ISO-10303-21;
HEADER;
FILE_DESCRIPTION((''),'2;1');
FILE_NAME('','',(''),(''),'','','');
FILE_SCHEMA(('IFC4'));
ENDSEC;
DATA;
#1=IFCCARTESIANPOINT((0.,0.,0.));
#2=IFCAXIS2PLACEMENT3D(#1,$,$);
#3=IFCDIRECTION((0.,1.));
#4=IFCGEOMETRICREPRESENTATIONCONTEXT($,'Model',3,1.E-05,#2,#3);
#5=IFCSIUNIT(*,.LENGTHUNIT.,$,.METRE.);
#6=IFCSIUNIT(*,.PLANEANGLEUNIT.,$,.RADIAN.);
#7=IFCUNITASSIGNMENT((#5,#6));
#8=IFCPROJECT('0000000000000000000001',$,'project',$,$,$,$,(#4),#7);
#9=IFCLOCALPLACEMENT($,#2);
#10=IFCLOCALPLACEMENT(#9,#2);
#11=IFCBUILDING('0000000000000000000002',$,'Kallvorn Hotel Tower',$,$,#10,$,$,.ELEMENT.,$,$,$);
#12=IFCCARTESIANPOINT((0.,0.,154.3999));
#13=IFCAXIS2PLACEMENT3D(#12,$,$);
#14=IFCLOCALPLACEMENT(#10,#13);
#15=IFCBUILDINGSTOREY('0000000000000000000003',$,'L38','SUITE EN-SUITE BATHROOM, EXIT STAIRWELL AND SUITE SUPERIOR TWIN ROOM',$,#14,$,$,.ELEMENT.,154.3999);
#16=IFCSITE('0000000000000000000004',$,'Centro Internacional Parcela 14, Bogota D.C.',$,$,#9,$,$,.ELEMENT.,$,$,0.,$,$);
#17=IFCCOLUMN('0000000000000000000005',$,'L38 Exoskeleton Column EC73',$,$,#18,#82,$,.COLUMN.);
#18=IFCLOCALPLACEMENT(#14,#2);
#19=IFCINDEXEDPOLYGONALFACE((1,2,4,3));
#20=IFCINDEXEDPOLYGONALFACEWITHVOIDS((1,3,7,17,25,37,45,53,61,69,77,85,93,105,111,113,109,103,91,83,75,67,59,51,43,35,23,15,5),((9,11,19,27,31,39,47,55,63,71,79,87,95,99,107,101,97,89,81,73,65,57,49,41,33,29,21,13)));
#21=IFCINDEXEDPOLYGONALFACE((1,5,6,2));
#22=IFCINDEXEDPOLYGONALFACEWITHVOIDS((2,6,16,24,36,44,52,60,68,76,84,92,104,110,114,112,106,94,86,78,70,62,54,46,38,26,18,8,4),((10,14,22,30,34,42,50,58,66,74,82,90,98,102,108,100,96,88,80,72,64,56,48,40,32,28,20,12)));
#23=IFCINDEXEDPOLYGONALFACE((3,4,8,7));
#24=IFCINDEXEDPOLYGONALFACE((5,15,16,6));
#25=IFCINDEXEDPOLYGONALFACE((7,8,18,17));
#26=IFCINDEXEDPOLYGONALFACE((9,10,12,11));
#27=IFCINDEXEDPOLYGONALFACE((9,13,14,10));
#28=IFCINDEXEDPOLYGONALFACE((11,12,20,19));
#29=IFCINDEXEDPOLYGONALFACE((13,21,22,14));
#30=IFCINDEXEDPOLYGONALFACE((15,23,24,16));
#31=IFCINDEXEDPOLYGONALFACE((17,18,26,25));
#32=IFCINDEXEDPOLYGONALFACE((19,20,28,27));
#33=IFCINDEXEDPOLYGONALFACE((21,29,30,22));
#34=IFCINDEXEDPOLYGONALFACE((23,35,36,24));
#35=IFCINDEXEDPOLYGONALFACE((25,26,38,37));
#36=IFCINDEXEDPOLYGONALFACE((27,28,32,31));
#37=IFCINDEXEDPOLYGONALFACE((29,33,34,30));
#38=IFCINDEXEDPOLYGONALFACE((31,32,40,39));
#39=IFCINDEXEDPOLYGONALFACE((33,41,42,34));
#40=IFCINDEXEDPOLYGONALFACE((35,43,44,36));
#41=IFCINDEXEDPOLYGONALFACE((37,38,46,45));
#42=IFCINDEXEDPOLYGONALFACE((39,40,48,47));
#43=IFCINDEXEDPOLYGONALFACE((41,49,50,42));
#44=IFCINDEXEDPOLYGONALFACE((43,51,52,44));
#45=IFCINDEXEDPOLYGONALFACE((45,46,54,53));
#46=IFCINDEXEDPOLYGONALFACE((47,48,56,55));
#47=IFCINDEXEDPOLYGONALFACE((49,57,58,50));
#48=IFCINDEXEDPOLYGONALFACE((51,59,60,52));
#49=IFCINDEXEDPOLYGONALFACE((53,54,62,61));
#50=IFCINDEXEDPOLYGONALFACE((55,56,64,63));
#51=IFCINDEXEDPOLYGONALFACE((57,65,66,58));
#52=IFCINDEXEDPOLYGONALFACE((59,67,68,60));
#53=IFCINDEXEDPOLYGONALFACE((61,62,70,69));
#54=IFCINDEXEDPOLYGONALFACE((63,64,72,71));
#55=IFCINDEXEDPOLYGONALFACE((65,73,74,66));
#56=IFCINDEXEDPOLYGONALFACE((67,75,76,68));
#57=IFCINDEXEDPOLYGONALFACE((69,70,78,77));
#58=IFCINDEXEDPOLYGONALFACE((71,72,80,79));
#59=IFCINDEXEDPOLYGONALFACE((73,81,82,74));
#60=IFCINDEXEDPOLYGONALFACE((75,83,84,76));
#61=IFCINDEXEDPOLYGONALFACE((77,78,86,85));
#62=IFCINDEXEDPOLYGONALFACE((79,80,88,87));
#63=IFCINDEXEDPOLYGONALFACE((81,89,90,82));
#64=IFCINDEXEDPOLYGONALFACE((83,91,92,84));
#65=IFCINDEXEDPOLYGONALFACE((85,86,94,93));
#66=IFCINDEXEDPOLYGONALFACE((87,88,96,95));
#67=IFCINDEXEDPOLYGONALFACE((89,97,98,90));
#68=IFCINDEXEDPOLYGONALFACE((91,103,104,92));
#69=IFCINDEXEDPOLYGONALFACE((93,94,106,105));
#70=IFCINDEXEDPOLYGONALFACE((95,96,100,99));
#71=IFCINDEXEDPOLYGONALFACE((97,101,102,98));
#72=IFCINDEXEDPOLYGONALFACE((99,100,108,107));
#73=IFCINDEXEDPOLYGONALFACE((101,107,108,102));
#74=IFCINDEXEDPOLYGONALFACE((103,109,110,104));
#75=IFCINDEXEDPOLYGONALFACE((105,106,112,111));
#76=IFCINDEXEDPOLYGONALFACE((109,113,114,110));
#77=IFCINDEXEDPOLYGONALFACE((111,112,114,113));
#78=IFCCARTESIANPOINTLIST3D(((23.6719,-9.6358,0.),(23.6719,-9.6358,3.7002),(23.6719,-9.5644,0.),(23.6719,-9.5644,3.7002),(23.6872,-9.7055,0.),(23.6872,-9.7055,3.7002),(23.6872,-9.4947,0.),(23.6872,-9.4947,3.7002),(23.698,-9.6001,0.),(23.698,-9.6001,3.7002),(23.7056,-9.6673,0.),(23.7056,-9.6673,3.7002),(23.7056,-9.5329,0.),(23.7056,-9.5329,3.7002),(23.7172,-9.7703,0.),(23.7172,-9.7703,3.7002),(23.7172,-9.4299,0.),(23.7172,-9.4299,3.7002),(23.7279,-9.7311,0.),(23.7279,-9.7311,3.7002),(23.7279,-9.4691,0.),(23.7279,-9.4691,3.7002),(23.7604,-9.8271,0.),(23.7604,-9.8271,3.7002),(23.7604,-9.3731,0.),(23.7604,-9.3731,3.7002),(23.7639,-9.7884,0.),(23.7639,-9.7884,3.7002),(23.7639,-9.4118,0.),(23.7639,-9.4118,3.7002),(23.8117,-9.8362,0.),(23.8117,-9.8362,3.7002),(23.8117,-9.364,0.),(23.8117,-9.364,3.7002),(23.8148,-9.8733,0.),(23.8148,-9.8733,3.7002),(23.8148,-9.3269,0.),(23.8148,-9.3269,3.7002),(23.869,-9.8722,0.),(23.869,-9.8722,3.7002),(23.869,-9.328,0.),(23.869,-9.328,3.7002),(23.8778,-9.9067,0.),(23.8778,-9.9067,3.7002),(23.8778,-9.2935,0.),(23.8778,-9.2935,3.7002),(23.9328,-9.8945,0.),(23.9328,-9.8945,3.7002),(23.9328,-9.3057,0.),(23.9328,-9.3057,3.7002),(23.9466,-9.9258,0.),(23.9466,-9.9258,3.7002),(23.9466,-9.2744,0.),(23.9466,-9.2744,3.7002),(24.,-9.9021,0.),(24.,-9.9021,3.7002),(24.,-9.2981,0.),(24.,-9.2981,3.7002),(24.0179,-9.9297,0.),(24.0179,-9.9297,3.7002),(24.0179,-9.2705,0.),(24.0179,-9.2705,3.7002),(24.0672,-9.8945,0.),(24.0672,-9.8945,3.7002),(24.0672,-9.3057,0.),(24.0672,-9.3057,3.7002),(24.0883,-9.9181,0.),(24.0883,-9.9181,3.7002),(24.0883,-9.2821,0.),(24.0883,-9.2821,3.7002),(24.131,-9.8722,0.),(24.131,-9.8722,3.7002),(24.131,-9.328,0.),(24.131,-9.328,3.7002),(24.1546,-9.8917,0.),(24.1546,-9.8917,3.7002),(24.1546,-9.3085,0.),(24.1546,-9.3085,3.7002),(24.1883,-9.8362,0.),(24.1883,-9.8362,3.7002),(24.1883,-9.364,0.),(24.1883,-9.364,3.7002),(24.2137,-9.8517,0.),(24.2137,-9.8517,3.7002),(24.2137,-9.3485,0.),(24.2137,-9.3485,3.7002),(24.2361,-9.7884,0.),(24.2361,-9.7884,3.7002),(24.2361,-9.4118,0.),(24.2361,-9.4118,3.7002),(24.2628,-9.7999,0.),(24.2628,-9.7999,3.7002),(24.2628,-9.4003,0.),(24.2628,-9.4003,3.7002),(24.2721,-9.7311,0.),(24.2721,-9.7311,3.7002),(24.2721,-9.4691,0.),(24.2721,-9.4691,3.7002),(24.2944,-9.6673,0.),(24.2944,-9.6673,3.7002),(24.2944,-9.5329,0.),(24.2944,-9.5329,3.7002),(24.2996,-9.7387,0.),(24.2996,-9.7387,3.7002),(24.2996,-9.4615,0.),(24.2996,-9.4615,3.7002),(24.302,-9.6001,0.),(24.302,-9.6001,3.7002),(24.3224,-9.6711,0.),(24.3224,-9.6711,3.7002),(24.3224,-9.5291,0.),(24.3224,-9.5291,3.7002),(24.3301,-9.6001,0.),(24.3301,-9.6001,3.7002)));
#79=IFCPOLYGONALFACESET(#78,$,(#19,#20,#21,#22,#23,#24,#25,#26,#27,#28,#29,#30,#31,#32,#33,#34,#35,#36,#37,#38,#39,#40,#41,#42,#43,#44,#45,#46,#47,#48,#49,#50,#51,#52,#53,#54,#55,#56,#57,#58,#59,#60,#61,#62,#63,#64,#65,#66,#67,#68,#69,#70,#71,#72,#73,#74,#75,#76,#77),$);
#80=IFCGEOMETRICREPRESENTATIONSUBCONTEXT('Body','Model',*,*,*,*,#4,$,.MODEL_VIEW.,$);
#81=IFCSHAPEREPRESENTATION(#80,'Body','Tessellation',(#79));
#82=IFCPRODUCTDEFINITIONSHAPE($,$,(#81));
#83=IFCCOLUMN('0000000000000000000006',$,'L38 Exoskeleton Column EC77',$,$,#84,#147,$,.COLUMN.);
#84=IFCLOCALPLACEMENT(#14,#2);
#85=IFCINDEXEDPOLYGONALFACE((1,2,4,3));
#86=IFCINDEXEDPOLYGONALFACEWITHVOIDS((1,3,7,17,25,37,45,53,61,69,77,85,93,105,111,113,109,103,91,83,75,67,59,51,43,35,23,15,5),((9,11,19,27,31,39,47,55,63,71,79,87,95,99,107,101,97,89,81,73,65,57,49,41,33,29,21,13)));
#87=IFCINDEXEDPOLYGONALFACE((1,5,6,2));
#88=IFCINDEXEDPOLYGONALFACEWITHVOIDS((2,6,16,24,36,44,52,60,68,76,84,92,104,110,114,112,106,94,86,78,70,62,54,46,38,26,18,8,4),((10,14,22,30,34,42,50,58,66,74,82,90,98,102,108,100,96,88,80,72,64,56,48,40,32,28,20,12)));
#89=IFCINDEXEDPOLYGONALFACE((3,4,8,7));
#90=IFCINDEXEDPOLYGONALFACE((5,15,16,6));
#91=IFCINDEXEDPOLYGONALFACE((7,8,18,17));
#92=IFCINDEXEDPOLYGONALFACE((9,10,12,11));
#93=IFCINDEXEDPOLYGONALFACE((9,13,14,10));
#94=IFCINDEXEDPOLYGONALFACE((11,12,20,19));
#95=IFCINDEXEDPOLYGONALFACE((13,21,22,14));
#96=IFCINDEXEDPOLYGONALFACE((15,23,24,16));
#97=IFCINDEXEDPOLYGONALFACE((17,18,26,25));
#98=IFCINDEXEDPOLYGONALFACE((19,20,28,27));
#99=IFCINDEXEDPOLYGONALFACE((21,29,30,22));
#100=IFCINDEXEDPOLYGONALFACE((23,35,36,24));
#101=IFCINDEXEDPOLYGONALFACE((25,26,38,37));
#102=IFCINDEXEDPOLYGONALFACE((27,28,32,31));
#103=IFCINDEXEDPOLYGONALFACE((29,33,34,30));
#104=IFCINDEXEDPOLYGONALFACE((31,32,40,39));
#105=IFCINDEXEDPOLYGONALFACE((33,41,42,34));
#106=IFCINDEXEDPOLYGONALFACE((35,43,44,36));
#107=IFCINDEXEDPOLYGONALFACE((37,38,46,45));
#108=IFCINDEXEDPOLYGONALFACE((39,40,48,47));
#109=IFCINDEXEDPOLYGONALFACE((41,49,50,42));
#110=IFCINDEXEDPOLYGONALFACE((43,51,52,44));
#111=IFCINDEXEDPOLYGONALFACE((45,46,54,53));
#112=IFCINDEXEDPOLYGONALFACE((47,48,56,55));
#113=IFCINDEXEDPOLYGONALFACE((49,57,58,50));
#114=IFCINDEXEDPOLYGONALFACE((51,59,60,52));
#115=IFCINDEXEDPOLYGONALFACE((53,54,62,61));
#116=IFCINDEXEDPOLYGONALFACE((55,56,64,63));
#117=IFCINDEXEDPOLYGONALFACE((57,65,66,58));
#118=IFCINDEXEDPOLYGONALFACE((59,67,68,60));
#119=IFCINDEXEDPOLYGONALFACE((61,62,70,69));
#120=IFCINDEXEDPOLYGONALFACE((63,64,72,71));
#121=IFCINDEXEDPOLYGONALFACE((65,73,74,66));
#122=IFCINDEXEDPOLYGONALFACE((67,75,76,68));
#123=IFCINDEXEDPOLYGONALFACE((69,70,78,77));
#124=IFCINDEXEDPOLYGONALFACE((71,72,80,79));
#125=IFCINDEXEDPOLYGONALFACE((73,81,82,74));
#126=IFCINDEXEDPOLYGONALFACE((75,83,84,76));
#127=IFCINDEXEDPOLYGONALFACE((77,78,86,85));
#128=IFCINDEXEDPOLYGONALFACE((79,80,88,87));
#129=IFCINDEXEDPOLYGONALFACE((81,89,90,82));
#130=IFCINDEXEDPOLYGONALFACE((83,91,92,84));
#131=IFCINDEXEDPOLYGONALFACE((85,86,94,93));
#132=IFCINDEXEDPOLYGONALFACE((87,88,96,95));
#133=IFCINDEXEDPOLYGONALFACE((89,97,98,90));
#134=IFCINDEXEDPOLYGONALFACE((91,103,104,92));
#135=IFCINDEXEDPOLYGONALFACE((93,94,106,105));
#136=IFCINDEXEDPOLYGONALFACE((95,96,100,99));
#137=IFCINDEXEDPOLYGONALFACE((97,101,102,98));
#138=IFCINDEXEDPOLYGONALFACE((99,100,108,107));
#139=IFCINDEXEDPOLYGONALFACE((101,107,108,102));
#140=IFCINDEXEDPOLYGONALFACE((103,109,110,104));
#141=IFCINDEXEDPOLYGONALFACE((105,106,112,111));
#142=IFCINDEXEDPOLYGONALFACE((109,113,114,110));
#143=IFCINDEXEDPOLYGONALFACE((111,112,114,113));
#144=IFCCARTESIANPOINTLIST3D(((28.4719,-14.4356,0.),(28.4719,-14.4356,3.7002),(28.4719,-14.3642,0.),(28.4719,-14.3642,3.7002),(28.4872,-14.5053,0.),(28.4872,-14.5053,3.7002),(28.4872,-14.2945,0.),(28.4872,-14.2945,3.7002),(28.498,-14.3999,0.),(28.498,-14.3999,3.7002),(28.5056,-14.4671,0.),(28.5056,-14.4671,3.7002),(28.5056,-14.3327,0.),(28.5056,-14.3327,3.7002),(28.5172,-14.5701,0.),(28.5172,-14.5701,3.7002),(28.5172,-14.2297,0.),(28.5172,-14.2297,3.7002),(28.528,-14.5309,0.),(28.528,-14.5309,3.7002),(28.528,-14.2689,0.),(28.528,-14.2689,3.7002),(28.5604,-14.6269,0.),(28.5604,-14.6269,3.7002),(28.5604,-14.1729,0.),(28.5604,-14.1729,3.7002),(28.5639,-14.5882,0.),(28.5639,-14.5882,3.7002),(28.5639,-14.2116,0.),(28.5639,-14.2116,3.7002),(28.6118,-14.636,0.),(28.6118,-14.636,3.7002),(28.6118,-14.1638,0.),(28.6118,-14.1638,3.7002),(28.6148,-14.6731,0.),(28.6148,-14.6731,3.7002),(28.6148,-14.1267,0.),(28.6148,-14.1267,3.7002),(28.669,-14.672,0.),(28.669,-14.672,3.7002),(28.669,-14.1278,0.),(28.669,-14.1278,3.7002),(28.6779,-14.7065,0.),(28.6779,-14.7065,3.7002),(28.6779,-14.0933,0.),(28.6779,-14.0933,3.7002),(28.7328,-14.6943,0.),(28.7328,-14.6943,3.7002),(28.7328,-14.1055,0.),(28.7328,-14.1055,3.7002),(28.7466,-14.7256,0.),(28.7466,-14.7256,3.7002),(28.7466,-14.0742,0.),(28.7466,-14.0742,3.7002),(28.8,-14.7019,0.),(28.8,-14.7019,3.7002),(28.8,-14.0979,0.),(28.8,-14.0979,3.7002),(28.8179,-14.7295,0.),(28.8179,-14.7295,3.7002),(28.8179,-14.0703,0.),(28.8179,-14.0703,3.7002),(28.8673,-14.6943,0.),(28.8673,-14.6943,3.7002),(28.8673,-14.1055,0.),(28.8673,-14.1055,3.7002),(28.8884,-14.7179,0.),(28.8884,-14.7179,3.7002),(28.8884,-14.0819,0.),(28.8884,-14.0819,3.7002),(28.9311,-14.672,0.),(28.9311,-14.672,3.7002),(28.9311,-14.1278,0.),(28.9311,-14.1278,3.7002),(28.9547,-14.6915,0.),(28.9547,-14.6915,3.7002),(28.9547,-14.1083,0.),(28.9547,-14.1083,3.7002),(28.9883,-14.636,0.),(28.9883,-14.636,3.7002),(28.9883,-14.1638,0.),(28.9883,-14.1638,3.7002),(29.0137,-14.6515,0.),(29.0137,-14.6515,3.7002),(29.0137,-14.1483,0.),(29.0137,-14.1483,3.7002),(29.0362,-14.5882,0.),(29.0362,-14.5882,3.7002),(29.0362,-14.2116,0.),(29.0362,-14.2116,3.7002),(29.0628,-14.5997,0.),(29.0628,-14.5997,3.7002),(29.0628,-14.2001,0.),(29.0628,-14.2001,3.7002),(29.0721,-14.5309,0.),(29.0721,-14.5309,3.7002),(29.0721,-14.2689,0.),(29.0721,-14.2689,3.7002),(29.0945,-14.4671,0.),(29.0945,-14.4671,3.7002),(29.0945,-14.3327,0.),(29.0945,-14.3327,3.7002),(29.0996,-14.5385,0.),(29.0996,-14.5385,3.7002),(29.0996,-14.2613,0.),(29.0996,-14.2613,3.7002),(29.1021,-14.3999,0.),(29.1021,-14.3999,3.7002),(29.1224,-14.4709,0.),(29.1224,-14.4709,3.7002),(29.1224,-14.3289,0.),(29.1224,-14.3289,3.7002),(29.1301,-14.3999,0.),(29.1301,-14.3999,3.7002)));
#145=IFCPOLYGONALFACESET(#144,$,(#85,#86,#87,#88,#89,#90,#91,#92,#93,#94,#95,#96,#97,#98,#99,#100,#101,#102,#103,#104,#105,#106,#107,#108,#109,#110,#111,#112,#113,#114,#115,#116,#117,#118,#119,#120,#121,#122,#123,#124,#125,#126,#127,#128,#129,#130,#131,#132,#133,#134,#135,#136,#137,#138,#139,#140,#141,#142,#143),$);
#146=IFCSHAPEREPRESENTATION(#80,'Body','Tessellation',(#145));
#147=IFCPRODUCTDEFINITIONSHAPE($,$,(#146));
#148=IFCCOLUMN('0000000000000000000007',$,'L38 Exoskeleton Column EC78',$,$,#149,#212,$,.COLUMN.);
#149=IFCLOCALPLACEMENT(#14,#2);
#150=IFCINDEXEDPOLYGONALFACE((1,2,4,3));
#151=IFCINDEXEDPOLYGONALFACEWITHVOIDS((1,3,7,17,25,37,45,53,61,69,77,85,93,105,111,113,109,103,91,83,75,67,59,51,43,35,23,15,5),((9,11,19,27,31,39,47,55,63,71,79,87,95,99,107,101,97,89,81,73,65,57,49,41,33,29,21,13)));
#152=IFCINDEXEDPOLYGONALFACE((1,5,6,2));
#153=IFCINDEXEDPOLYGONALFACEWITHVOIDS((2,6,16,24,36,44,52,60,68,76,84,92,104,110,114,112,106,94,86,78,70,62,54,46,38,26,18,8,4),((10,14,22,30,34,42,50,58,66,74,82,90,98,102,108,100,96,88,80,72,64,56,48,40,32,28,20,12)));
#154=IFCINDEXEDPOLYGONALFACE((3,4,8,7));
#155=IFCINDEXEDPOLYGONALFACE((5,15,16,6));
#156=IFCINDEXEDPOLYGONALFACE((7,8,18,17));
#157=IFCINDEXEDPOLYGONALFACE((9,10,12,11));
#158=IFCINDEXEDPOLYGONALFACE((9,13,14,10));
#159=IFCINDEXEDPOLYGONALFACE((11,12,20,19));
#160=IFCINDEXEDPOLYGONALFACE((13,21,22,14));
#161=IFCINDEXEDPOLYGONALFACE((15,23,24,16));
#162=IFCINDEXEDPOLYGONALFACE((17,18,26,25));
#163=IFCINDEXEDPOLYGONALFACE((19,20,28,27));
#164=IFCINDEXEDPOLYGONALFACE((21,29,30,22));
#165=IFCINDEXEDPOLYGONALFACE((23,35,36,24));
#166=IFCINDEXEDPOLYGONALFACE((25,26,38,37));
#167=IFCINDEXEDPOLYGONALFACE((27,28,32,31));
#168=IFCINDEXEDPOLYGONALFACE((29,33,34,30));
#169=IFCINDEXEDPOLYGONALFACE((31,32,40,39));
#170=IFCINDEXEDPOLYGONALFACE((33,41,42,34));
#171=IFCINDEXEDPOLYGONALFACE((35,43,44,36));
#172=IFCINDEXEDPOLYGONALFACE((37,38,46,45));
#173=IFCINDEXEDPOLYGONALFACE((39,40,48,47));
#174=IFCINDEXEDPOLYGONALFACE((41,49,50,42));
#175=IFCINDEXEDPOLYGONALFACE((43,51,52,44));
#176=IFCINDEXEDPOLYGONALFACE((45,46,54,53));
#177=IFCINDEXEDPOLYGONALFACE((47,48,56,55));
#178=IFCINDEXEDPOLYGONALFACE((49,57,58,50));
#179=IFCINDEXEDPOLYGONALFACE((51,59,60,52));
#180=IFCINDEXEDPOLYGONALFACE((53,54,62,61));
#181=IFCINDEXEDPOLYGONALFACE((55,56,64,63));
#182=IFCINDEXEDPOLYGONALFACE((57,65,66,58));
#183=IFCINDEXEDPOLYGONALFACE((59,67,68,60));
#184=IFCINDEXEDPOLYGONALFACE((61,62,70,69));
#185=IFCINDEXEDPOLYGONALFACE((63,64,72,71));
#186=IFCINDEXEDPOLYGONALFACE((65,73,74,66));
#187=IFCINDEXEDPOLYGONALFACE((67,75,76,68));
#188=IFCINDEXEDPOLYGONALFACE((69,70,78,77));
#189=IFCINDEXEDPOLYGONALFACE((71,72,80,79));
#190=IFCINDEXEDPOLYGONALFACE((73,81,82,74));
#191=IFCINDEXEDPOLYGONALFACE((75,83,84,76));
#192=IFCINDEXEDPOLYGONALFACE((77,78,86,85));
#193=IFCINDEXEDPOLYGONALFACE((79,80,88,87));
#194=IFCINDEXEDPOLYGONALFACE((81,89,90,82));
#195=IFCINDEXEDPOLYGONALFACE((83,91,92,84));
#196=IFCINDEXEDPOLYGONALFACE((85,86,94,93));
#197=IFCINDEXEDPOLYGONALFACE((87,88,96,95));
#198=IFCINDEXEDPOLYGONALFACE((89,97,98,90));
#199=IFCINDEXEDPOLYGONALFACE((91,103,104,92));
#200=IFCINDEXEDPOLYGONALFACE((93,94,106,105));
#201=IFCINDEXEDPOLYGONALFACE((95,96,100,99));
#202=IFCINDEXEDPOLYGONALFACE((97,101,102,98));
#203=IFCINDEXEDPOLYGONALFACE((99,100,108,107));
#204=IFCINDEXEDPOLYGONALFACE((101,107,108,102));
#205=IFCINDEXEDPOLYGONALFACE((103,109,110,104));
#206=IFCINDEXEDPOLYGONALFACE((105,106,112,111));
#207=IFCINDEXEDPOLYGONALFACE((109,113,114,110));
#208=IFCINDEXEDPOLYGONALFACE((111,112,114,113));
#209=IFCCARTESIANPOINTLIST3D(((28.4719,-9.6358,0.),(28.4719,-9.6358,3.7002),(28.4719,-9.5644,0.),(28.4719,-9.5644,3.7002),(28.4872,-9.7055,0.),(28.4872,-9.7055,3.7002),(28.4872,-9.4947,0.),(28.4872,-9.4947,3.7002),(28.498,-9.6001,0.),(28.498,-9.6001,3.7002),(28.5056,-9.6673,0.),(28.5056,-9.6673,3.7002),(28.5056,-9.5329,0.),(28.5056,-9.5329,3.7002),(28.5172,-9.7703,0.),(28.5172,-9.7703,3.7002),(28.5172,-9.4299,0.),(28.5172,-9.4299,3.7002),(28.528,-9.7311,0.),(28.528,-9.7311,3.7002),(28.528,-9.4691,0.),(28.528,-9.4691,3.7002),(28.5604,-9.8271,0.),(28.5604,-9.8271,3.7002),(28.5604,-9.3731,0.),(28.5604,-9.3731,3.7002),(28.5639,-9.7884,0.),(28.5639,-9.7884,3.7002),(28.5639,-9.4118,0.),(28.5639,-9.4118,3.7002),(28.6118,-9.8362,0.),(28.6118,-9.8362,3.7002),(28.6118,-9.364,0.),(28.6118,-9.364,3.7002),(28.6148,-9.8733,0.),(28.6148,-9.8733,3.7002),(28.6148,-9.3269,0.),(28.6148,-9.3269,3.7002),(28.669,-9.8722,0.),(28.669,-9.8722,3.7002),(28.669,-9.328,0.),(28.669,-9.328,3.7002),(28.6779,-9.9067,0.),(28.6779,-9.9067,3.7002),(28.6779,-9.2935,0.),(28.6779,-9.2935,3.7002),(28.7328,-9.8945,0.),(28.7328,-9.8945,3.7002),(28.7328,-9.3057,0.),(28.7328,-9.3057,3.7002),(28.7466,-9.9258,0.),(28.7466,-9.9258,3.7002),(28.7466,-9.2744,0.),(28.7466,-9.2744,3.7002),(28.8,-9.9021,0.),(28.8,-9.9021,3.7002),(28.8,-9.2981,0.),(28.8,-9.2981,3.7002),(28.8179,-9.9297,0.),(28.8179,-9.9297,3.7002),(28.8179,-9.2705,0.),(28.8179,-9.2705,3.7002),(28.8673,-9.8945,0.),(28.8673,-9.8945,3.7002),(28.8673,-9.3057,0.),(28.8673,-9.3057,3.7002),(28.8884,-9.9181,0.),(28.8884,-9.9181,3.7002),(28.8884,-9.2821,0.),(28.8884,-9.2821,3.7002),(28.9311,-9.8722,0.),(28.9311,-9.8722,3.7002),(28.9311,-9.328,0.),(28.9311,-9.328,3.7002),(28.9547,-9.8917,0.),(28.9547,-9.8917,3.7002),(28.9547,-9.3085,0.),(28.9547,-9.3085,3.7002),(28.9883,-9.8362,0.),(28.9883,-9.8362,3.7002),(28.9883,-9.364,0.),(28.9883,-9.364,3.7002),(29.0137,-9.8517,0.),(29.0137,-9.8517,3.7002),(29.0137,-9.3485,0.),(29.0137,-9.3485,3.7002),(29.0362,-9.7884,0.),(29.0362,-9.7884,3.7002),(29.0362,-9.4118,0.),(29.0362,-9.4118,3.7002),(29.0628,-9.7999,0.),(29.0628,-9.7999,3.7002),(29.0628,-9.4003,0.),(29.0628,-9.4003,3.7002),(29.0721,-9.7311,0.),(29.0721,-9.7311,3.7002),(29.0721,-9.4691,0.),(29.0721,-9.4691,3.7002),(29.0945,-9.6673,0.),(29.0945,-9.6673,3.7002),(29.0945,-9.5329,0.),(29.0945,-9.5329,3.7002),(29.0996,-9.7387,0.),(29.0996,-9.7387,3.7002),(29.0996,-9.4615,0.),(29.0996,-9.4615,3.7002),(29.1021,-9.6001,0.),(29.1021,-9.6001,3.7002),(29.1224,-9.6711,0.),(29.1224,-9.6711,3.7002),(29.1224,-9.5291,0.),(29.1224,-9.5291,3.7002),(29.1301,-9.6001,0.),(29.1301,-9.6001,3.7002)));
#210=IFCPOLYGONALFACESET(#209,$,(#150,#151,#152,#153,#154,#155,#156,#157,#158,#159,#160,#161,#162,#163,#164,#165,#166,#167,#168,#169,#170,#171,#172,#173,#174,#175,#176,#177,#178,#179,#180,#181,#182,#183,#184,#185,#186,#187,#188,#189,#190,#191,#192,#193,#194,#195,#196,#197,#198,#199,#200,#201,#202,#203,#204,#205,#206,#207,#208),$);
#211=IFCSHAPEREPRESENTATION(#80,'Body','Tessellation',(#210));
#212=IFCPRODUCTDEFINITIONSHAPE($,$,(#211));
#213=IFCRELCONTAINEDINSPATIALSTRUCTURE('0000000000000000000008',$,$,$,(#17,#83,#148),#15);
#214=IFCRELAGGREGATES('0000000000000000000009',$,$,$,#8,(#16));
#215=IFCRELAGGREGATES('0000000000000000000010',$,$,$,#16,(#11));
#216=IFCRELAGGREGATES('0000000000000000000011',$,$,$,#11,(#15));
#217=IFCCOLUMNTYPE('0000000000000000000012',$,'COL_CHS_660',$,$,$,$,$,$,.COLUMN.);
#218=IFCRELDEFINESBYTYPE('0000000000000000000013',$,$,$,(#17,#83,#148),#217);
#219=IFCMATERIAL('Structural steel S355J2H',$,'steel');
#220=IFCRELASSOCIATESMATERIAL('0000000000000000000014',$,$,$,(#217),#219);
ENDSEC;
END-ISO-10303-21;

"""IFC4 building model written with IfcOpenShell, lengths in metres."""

from ifc_helpers import new_model, si_unit, direction, frame, origin, origin_2d, place, context, subcontext, project, spatial, hollow_circle, extrude, material, material_profile, profile_set, type_object, element, save


model = new_model("IFC4")

# Units and contexts
model_context = context("Model", 3, precision=1e-05, world=origin(), true_north=direction((0.0, 1.0)))
body_context = subcontext(model_context, "Body", "Model", "MODEL_VIEW")
ifc_project = project(units=[si_unit("LENGTHUNIT", "METRE"), si_unit("PLANEANGLEUNIT", "RADIAN")], contexts=[model_context])

# Site, building, storey
site_placement = place(None, origin())
site = spatial("IfcSite", under=ifc_project, at=site_placement, Name="Centro Internacional Parcela 14, Bogota D.C.", CompositionType="ELEMENT", RefElevation=0.0)
building_placement = place(site_placement, origin())
building = spatial("IfcBuilding", under=site, at=building_placement, Name="Kallvorn Hotel Tower", CompositionType="ELEMENT")
storey_placement = place(building_placement, frame((0.0, 0.0, 154.3999)))
storey = spatial("IfcBuildingStorey", under=building, at=storey_placement, Name="L38", Description="SUITE EN-SUITE BATHROOM, EXIT STAIRWELL AND SUITE SUPERIOR TWIN ROOM", CompositionType="ELEMENT", Elevation=154.3999)

# Columns
ifc_material_1 = material(Name="Structural steel S355J2H", Category="steel")
ifc_material_profile_1 = material_profile(ifc_material_1, hollow_circle(Radius=0.3301, WallThickness=0.0281, at=origin_2d()), Name="CHS 660x28")
ifc_profile_set_1 = profile_set([ifc_material_profile_1], Name="Structural steel S355J2H")
column_type_1 = type_object("IfcColumnType", Name="COL_CHS_660", PredefinedType="COLUMN", material=ifc_profile_set_1)
for number, where, z_axis, x_axis, name in (
    (1, (24.0, -9.6001, 0.0), (0.0, 0.0, 1.0), (1.0, 0.0, 0.0), "L38 Exoskeleton Column EC73"),
    (2, (28.8, -14.3999, 0.0), (0.0, 0.0, 1.0), (1.0, 0.0, 0.0), "L38 Exoskeleton Column EC77"),
    (3, (28.8, -9.6001, 0.0), (0.0, 0.0, 1.0), (1.0, 0.0, 0.0), "L38 Exoskeleton Column EC78"),
):
    element("IfcColumn", number, at=place(storey_placement, frame(where, z_axis=z_axis, x_axis=x_axis)), inside=storey, type_object=column_type_1, Name=name, PredefinedType="COLUMN", context=body_context, shape_type="SweptSolid", body=[
        extrude(hollow_circle(Radius=0.3301, WallThickness=0.0281, at=origin_2d()), origin(), (0.0, 0.0, 1.0), 3.7002),
    ])

save(model, "model.ifc")
